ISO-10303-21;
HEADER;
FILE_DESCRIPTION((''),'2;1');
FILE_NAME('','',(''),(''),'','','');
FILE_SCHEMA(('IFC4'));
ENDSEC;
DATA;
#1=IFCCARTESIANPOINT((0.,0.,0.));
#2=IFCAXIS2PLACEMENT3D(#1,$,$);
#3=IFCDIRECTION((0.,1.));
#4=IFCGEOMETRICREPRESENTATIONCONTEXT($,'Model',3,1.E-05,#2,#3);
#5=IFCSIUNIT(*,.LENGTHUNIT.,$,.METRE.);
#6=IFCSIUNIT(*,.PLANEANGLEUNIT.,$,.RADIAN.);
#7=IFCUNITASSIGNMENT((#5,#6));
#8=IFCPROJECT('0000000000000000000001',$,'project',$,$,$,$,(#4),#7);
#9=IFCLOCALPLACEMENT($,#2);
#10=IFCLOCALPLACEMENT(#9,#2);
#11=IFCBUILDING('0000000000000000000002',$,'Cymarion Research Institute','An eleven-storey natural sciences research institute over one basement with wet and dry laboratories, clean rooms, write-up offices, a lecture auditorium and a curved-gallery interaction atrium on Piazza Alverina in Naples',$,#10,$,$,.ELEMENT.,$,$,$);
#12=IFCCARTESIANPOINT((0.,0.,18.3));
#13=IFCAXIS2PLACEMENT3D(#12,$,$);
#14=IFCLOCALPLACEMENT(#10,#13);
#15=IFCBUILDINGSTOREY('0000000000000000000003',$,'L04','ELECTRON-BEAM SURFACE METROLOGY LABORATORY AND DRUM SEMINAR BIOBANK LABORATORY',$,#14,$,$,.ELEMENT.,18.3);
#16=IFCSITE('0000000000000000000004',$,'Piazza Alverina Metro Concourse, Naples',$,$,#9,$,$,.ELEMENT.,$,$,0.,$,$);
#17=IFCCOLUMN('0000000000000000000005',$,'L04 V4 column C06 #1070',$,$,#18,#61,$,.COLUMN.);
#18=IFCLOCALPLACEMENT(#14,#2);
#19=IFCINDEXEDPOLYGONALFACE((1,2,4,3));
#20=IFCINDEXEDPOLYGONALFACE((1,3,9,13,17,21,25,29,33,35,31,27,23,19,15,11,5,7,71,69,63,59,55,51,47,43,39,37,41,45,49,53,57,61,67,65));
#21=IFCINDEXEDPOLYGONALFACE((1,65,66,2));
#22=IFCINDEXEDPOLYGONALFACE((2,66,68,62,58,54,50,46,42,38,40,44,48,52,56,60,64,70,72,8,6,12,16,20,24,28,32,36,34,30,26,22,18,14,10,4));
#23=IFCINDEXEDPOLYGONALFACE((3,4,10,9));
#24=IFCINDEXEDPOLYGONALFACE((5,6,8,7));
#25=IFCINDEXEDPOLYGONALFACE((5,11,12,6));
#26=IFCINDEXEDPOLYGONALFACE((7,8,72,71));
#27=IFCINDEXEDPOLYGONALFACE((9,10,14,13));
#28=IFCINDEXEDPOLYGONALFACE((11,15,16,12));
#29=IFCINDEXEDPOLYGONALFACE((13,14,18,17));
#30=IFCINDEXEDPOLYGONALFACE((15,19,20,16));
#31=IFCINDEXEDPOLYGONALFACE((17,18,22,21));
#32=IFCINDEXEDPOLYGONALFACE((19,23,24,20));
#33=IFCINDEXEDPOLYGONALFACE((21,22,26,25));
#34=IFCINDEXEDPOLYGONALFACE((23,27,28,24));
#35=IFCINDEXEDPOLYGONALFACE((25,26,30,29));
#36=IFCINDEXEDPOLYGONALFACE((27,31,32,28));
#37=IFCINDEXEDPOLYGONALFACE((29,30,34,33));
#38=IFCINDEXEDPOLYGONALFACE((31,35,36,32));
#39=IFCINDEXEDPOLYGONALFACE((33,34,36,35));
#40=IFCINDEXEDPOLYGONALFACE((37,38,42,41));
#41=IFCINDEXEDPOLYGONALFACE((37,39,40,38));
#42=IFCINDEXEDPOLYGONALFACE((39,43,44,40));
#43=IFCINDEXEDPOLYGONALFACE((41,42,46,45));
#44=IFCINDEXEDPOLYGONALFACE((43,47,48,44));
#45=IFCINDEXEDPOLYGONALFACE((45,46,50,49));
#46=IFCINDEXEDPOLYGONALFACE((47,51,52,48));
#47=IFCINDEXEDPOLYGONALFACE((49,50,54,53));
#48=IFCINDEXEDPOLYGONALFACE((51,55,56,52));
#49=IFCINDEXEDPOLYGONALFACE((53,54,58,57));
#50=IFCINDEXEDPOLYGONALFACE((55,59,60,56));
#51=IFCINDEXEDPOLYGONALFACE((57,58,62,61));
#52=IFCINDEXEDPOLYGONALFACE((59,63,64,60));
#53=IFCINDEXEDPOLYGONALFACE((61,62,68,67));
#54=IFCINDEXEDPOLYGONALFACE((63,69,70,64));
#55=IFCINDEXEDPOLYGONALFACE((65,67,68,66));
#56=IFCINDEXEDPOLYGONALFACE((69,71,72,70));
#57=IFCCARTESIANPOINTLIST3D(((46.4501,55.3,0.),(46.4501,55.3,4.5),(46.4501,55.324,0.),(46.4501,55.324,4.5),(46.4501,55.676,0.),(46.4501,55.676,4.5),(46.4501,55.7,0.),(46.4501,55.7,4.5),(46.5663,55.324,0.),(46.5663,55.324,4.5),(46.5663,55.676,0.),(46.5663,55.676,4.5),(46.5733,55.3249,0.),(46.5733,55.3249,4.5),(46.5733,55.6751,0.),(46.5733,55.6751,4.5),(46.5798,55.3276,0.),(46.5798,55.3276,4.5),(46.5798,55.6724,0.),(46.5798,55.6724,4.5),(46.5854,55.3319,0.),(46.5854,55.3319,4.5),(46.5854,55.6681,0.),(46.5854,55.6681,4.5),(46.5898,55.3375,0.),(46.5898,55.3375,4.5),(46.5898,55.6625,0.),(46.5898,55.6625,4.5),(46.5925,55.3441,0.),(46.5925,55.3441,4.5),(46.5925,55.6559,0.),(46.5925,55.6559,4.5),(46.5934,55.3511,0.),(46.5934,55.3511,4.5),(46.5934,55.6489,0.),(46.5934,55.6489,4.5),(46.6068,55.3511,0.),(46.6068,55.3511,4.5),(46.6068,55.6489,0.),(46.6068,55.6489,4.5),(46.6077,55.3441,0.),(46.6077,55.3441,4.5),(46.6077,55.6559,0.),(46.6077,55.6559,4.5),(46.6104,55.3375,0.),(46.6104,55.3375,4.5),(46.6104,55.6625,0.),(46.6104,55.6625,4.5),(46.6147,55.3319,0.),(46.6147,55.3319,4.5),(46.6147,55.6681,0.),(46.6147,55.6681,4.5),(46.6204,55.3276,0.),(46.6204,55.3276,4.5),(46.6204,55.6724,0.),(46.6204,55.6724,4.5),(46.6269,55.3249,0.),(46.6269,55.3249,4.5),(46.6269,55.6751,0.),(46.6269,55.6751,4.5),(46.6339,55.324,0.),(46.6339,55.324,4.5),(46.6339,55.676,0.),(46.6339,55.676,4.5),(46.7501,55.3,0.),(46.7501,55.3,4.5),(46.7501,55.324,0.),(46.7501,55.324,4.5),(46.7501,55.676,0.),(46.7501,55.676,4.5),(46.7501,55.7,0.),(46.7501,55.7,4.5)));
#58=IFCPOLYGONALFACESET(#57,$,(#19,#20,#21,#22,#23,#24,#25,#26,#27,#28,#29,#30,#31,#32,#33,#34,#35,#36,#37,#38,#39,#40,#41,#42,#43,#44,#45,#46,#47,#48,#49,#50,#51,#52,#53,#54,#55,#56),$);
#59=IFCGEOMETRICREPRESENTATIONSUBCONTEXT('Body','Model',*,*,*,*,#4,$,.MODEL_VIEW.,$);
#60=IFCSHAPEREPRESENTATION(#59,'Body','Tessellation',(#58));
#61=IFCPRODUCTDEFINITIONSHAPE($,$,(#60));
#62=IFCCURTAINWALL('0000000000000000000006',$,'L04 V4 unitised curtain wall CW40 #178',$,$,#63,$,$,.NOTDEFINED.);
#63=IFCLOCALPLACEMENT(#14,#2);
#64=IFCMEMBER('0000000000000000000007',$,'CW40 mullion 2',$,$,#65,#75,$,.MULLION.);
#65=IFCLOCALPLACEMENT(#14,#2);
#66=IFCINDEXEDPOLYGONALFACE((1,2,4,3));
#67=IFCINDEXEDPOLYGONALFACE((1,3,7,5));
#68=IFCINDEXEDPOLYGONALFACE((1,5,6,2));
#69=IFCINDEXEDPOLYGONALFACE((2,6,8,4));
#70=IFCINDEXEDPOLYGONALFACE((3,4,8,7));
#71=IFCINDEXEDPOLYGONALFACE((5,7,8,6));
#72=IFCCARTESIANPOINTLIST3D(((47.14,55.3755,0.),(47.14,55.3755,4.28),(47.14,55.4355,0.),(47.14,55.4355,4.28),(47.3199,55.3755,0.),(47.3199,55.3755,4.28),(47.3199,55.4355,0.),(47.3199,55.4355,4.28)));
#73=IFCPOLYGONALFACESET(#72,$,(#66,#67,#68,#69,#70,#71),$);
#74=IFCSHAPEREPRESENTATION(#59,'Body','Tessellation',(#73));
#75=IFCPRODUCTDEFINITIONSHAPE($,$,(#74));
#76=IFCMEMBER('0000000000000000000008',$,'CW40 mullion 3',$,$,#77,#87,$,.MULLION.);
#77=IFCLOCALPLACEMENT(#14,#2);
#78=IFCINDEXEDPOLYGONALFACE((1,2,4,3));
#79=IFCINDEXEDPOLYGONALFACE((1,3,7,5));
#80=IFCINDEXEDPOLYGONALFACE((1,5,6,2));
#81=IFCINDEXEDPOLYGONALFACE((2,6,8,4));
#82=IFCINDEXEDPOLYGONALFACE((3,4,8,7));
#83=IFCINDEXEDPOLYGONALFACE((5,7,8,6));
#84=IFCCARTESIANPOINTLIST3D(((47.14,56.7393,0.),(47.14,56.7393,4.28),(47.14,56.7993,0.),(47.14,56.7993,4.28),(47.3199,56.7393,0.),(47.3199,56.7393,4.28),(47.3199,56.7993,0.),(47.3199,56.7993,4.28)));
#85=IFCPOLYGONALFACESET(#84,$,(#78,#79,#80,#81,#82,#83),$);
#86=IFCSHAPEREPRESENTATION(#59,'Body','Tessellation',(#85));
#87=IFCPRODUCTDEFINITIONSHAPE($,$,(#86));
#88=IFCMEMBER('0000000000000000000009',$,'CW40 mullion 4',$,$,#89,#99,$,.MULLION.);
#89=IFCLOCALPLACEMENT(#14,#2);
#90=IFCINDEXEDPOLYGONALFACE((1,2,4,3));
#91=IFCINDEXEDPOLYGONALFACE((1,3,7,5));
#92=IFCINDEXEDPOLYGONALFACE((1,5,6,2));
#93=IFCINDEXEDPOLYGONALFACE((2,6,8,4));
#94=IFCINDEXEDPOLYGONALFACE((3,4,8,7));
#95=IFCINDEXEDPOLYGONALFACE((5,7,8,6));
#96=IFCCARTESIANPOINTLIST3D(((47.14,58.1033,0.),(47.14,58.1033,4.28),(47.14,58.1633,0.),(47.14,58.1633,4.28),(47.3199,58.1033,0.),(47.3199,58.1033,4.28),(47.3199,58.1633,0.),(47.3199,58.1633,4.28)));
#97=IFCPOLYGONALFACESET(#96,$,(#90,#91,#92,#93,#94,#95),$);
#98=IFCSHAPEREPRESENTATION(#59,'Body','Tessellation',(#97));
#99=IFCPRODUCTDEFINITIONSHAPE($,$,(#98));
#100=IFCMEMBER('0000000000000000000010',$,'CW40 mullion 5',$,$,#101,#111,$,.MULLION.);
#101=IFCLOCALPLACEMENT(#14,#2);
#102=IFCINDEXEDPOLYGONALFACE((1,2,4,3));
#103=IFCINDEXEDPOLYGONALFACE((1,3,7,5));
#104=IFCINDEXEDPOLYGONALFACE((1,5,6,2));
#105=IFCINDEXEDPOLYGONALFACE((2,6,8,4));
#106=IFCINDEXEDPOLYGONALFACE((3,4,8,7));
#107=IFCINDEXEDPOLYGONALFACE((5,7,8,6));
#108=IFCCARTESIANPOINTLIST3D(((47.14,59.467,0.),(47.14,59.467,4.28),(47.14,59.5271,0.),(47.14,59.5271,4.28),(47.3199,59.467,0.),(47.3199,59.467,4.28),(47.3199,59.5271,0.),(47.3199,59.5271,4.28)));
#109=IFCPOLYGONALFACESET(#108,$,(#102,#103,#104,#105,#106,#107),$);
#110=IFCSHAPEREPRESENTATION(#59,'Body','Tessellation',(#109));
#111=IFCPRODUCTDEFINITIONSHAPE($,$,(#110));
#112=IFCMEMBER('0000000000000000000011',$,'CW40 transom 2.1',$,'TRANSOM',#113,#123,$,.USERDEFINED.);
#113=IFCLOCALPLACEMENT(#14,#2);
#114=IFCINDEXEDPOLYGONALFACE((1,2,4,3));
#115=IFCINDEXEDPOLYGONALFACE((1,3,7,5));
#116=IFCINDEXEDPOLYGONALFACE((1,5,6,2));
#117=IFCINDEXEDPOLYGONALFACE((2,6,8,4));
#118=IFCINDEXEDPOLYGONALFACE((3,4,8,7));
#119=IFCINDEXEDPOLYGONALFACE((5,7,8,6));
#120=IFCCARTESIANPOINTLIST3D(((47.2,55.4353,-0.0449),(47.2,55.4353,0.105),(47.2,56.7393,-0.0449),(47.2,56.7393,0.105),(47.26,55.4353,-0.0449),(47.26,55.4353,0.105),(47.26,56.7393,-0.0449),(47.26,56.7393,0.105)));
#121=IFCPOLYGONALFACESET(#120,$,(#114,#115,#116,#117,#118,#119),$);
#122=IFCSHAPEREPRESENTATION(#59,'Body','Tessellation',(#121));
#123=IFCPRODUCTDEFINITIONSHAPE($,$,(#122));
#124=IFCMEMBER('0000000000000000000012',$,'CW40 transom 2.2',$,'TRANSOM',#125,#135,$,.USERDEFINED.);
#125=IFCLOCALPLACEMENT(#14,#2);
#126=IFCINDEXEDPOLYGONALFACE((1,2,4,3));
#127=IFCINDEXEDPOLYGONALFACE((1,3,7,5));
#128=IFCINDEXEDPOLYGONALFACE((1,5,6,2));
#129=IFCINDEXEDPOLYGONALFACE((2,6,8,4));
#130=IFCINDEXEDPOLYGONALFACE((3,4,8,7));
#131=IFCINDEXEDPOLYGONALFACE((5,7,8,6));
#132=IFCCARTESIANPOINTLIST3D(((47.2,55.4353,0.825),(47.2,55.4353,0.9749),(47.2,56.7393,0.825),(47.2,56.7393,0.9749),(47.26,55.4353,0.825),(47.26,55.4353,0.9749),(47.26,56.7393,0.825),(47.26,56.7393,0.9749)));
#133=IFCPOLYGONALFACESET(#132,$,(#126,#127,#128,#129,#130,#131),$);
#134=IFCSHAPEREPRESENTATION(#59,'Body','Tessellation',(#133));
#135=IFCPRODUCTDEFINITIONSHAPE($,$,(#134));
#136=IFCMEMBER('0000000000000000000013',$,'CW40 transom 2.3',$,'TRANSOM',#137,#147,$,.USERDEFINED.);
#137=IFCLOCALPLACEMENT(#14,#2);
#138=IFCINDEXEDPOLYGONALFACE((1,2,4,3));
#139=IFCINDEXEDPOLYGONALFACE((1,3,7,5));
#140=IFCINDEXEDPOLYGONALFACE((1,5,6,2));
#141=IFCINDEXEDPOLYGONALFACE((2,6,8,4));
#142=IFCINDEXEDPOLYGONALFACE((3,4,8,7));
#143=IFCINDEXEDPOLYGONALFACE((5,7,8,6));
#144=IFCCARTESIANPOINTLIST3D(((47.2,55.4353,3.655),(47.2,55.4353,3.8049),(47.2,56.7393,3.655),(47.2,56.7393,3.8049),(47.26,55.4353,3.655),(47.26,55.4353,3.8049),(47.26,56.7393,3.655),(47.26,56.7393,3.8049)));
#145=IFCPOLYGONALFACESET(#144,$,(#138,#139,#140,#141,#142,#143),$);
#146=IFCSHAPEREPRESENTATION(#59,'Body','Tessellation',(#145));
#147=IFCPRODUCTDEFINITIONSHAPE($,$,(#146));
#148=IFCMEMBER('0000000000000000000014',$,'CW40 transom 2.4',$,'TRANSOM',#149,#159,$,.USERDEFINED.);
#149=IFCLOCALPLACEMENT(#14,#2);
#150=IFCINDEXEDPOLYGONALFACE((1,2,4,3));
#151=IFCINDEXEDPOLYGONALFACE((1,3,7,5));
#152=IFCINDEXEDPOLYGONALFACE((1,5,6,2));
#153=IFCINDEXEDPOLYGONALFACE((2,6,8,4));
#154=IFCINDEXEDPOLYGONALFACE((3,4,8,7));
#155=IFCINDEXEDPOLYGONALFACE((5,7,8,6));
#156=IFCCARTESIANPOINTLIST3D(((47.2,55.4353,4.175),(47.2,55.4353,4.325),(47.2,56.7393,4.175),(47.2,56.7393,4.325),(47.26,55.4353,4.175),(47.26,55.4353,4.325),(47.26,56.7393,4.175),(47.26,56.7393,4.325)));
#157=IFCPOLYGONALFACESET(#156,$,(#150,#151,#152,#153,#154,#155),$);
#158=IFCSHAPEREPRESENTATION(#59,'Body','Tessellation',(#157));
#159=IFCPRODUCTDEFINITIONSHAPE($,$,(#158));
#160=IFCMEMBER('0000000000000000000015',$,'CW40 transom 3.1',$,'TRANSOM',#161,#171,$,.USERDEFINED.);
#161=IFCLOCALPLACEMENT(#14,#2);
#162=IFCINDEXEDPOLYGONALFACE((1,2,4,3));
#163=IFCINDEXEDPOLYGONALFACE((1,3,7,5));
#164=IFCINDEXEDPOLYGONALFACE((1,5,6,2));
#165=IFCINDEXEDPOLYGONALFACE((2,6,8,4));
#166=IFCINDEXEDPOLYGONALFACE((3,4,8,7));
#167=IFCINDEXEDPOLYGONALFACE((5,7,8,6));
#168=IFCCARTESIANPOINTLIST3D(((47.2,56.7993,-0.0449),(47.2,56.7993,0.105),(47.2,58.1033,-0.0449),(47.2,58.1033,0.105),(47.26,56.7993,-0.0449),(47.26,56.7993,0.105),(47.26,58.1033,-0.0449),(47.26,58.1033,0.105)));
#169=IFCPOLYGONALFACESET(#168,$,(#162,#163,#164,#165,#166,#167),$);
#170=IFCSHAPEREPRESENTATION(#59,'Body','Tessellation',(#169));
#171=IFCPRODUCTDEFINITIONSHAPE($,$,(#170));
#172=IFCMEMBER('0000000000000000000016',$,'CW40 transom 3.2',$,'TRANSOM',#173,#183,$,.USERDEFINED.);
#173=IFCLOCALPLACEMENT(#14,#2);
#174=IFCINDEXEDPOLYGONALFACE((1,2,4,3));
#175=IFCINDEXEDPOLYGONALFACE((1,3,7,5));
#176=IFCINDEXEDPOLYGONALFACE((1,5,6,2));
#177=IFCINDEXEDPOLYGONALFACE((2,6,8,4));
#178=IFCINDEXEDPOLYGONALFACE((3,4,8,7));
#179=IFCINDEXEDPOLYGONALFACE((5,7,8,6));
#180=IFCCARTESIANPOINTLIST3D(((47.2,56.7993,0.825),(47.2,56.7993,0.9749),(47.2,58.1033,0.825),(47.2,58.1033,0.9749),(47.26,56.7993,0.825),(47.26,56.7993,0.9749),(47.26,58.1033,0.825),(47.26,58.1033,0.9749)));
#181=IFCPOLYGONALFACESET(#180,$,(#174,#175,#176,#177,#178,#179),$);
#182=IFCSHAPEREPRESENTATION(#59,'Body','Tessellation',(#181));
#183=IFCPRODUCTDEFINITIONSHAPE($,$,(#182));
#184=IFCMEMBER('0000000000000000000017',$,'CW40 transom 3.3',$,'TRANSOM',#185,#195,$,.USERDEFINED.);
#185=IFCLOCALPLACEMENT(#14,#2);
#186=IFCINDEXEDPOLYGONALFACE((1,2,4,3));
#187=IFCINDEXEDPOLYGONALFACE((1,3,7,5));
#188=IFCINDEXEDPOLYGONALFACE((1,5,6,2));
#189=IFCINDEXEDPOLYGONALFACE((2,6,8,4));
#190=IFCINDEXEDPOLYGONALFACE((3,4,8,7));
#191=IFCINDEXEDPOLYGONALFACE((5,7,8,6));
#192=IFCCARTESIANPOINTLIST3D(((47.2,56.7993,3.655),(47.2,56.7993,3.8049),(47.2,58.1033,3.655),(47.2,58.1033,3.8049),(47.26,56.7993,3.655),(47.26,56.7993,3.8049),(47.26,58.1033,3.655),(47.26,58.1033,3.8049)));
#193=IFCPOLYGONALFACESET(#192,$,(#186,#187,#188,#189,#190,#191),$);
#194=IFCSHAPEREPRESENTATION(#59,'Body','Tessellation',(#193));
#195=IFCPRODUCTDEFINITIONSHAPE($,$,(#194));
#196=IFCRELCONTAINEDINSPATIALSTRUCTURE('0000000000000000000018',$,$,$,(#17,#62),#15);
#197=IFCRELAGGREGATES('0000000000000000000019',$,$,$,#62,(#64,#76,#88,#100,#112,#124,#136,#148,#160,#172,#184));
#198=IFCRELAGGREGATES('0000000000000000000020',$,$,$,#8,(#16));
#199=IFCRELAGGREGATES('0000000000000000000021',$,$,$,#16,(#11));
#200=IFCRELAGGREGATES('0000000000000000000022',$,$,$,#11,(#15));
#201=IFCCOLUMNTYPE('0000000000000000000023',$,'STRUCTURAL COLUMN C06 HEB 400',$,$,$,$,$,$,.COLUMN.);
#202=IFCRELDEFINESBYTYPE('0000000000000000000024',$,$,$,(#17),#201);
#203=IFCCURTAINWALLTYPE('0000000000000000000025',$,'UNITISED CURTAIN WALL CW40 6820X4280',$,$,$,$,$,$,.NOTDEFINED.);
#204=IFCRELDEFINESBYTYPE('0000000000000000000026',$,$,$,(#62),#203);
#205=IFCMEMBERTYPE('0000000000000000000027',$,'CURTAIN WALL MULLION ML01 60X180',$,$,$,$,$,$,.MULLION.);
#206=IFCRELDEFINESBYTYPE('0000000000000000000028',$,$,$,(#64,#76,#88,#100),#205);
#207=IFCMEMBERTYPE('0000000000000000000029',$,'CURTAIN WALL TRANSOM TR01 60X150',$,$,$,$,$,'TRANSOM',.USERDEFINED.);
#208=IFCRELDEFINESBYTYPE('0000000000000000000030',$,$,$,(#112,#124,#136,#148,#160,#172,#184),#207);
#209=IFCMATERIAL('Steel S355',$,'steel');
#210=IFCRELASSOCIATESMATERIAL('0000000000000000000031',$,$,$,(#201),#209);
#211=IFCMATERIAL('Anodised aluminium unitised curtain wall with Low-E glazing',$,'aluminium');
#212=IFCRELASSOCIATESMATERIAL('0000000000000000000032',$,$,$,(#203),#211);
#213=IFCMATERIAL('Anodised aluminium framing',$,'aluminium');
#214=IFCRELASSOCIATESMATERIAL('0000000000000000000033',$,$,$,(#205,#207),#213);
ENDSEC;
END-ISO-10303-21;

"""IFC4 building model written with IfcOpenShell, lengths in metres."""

from ifc_helpers import new_model, si_unit, direction, frame, origin, origin_2d, place, context, subcontext, project, spatial, rectangle, i_section, extrude, material, material_profile, profile_set, type_object, element, aggregate, save


model = new_model("IFC4")

# Units and contexts
model_context = context("Model", 3, precision=1e-05, world=origin(), true_north=direction((0.0, 1.0)))
body_context = subcontext(model_context, "Body", "Model", "MODEL_VIEW")
ifc_project = project(units=[si_unit("LENGTHUNIT", "METRE"), si_unit("PLANEANGLEUNIT", "RADIAN")], contexts=[model_context])

# Site, building, storey
site_placement = place(None, origin())
site = spatial("IfcSite", under=ifc_project, at=site_placement, Name="Piazza Alverina Metro Concourse, Naples", CompositionType="ELEMENT", RefElevation=0.0)
building_placement = place(site_placement, origin())
building = spatial("IfcBuilding", under=site, at=building_placement, Name="Cymarion Research Institute", Description="An eleven-storey natural sciences research institute over one basement with wet and dry laboratories, clean rooms, write-up offices, a lecture auditorium and a curved-gallery interaction atrium on Piazza Alverina in Naples", CompositionType="ELEMENT")
storey_placement = place(building_placement, frame((0.0, 0.0, 18.3)))
storey = spatial("IfcBuildingStorey", under=building, at=storey_placement, Name="L04", Description="ELECTRON-BEAM SURFACE METROLOGY LABORATORY AND DRUM SEMINAR BIOBANK LABORATORY", CompositionType="ELEMENT", Elevation=18.3)

# Column
ifc_material_1 = material(Name="Steel S355", Category="steel")
ifc_material_profile_1 = material_profile(ifc_material_1, i_section(OverallWidth=0.3, OverallDepth=0.3999, WebThickness=0.0134, FlangeThickness=0.0239, FilletRadius=0.0271, at=origin_2d()), Name="HEB 400")
ifc_profile_set_1 = profile_set([ifc_material_profile_1], Name="Steel S355")
column_type = type_object("IfcColumnType", Name="STRUCTURAL COLUMN C06 HEB 400", PredefinedType="COLUMN", material=ifc_profile_set_1)
column_placement = place(storey_placement, frame((46.6001, 55.5, 0.0), z_axis=(0.0, 0.0, 1.0), x_axis=(1.0, 0.0, 0.0)))
element("IfcColumn", 1, at=column_placement, inside=storey, type_object=column_type, Name="L04 V4 column C06 #1070", PredefinedType="COLUMN", context=body_context, shape_type="SweptSolid", body=[
    extrude(i_section(OverallWidth=0.3, OverallDepth=0.3999, WebThickness=0.0134, FlangeThickness=0.0239, FilletRadius=0.0271, at=origin_2d()), origin(), (0.0, 0.0, 1.0), 4.5),
])

# Curtain wall, members
ifc_material_2 = material(Name="Anodised aluminium unitised curtain wall with Low-E glazing", Category="aluminium")
curtain_wall_type = type_object("IfcCurtainWallType", Name="UNITISED CURTAIN WALL CW40 6820X4280", PredefinedType="NOTDEFINED", material=ifc_material_2)
curtain_wall_placement = place(storey_placement, origin())
curtain_wall = element("IfcCurtainWall", 2, at=curtain_wall_placement, inside=storey, type_object=curtain_wall_type, Name="L04 V4 unitised curtain wall CW40 #178", PredefinedType="NOTDEFINED")
ifc_material_3 = material(Name="Anodised aluminium framing", Category="aluminium")
ifc_material_profile_2 = material_profile(ifc_material_3, rectangle(XDim=0.0601, YDim=0.1799, at=origin_2d()), Name="ALU MULLION 60x180")
ifc_profile_set_2 = profile_set([ifc_material_profile_2], Name="Anodised aluminium framing")
member_type_1 = type_object("IfcMemberType", Name="CURTAIN WALL MULLION ML01 60X180", PredefinedType="MULLION", material=ifc_profile_set_2)
member_1_placement = place(storey_placement, frame((47.23, 55.4055, 0.0), z_axis=(0.0, 0.0, 1.0), x_axis=(0.0, 1.0, 0.0)))
member_1 = element("IfcMember", 3, at=member_1_placement, type_object=member_type_1, Name="CW40 mullion 2", PredefinedType="MULLION", context=body_context, shape_type="SweptSolid", body=[
    extrude(rectangle(XDim=0.0601, YDim=0.1799, at=origin_2d()), origin(), (0.0, 0.0, 1.0), 4.28),
])
member_2_placement = place(storey_placement, frame((47.23, 56.7693, 0.0), z_axis=(0.0, 0.0, 1.0), x_axis=(0.0, 1.0, 0.0)))
member_2 = element("IfcMember", 4, at=member_2_placement, type_object=member_type_1, Name="CW40 mullion 3", PredefinedType="MULLION", context=body_context, shape_type="SweptSolid", body=[
    extrude(rectangle(XDim=0.0601, YDim=0.1799, at=origin_2d()), origin(), (0.0, 0.0, 1.0), 4.28),
])
member_3_placement = place(storey_placement, frame((47.23, 58.1333, 0.0), z_axis=(0.0, 0.0, 1.0), x_axis=(0.0, 1.0, 0.0)))
member_3 = element("IfcMember", 5, at=member_3_placement, type_object=member_type_1, Name="CW40 mullion 4", PredefinedType="MULLION", context=body_context, shape_type="SweptSolid", body=[
    extrude(rectangle(XDim=0.0601, YDim=0.1799, at=origin_2d()), origin(), (0.0, 0.0, 1.0), 4.28),
])
member_4_placement = place(storey_placement, frame((47.23, 59.4971, 0.0), z_axis=(0.0, 0.0, 1.0), x_axis=(0.0, 1.0, 0.0)))
member_4 = element("IfcMember", 6, at=member_4_placement, type_object=member_type_1, Name="CW40 mullion 5", PredefinedType="MULLION", context=body_context, shape_type="SweptSolid", body=[
    extrude(rectangle(XDim=0.0601, YDim=0.1799, at=origin_2d()), origin(), (0.0, 0.0, 1.0), 4.28),
])
ifc_material_profile_3 = material_profile(ifc_material_3, rectangle(XDim=0.0601, YDim=0.1499, at=origin_2d()), Name="ALU TRANSOM 60x150")
ifc_profile_set_3 = profile_set([ifc_material_profile_3], Name="Anodised aluminium framing")
member_type_2 = type_object("IfcMemberType", Name="CURTAIN WALL TRANSOM TR01 60X150", ElementType="TRANSOM", PredefinedType="USERDEFINED", material=ifc_profile_set_3)
member_5_placement = place(storey_placement, frame((47.23, 55.4353, 0.03), z_axis=(0.0, 1.0, 0.0), x_axis=(-1.0, 0.0, 0.0)))
member_5 = element("IfcMember", 7, at=member_5_placement, type_object=member_type_2, Name="CW40 transom 2.1", ObjectType="TRANSOM", PredefinedType="USERDEFINED", context=body_context, shape_type="SweptSolid", body=[
    extrude(rectangle(XDim=0.0601, YDim=0.1499, at=origin_2d()), origin(), (0.0, 0.0, 1.0), 1.304),
])
member_6_placement = place(storey_placement, frame((47.23, 55.4353, 0.8999), z_axis=(0.0, 1.0, 0.0), x_axis=(-1.0, 0.0, 0.0)))
member_6 = element("IfcMember", 8, at=member_6_placement, type_object=member_type_2, Name="CW40 transom 2.2", ObjectType="TRANSOM", PredefinedType="USERDEFINED", context=body_context, shape_type="SweptSolid", body=[
    extrude(rectangle(XDim=0.0601, YDim=0.1499, at=origin_2d()), origin(), (0.0, 0.0, 1.0), 1.304),
])
member_7_placement = place(storey_placement, frame((47.23, 55.4353, 3.73), z_axis=(0.0, 1.0, 0.0), x_axis=(-1.0, 0.0, 0.0)))
member_7 = element("IfcMember", 9, at=member_7_placement, type_object=member_type_2, Name="CW40 transom 2.3", ObjectType="TRANSOM", PredefinedType="USERDEFINED", context=body_context, shape_type="SweptSolid", body=[
    extrude(rectangle(XDim=0.0601, YDim=0.1499, at=origin_2d()), origin(), (0.0, 0.0, 1.0), 1.304),
])
member_8_placement = place(storey_placement, frame((47.23, 55.4353, 4.25), z_axis=(0.0, 1.0, 0.0), x_axis=(-1.0, 0.0, 0.0)))
member_8 = element("IfcMember", 10, at=member_8_placement, type_object=member_type_2, Name="CW40 transom 2.4", ObjectType="TRANSOM", PredefinedType="USERDEFINED", context=body_context, shape_type="SweptSolid", body=[
    extrude(rectangle(XDim=0.0601, YDim=0.1499, at=origin_2d()), origin(), (0.0, 0.0, 1.0), 1.304),
])
member_9_placement = place(storey_placement, frame((47.23, 56.7993, 0.03), z_axis=(0.0, 1.0, 0.0), x_axis=(-1.0, 0.0, 0.0)))
member_9 = element("IfcMember", 11, at=member_9_placement, type_object=member_type_2, Name="CW40 transom 3.1", ObjectType="TRANSOM", PredefinedType="USERDEFINED", context=body_context, shape_type="SweptSolid", body=[
    extrude(rectangle(XDim=0.0601, YDim=0.1499, at=origin_2d()), origin(), (0.0, 0.0, 1.0), 1.304),
])
member_10_placement = place(storey_placement, frame((47.23, 56.7993, 0.8999), z_axis=(0.0, 1.0, 0.0), x_axis=(-1.0, 0.0, 0.0)))
member_10 = element("IfcMember", 12, at=member_10_placement, type_object=member_type_2, Name="CW40 transom 3.2", ObjectType="TRANSOM", PredefinedType="USERDEFINED", context=body_context, shape_type="SweptSolid", body=[
    extrude(rectangle(XDim=0.0601, YDim=0.1499, at=origin_2d()), origin(), (0.0, 0.0, 1.0), 1.304),
])
member_11_placement = place(storey_placement, frame((47.23, 56.7993, 3.73), z_axis=(0.0, 1.0, 0.0), x_axis=(-1.0, 0.0, 0.0)))
member_11 = element("IfcMember", 13, at=member_11_placement, type_object=member_type_2, Name="CW40 transom 3.3", ObjectType="TRANSOM", PredefinedType="USERDEFINED", context=body_context, shape_type="SweptSolid", body=[
    extrude(rectangle(XDim=0.0601, YDim=0.1499, at=origin_2d()), origin(), (0.0, 0.0, 1.0), 1.304),
])

aggregate(curtain_wall, [member_1, member_2, member_3, member_4, member_5, member_6, member_7, member_8, member_9, member_10, member_11])

save(model, "model.ifc")
